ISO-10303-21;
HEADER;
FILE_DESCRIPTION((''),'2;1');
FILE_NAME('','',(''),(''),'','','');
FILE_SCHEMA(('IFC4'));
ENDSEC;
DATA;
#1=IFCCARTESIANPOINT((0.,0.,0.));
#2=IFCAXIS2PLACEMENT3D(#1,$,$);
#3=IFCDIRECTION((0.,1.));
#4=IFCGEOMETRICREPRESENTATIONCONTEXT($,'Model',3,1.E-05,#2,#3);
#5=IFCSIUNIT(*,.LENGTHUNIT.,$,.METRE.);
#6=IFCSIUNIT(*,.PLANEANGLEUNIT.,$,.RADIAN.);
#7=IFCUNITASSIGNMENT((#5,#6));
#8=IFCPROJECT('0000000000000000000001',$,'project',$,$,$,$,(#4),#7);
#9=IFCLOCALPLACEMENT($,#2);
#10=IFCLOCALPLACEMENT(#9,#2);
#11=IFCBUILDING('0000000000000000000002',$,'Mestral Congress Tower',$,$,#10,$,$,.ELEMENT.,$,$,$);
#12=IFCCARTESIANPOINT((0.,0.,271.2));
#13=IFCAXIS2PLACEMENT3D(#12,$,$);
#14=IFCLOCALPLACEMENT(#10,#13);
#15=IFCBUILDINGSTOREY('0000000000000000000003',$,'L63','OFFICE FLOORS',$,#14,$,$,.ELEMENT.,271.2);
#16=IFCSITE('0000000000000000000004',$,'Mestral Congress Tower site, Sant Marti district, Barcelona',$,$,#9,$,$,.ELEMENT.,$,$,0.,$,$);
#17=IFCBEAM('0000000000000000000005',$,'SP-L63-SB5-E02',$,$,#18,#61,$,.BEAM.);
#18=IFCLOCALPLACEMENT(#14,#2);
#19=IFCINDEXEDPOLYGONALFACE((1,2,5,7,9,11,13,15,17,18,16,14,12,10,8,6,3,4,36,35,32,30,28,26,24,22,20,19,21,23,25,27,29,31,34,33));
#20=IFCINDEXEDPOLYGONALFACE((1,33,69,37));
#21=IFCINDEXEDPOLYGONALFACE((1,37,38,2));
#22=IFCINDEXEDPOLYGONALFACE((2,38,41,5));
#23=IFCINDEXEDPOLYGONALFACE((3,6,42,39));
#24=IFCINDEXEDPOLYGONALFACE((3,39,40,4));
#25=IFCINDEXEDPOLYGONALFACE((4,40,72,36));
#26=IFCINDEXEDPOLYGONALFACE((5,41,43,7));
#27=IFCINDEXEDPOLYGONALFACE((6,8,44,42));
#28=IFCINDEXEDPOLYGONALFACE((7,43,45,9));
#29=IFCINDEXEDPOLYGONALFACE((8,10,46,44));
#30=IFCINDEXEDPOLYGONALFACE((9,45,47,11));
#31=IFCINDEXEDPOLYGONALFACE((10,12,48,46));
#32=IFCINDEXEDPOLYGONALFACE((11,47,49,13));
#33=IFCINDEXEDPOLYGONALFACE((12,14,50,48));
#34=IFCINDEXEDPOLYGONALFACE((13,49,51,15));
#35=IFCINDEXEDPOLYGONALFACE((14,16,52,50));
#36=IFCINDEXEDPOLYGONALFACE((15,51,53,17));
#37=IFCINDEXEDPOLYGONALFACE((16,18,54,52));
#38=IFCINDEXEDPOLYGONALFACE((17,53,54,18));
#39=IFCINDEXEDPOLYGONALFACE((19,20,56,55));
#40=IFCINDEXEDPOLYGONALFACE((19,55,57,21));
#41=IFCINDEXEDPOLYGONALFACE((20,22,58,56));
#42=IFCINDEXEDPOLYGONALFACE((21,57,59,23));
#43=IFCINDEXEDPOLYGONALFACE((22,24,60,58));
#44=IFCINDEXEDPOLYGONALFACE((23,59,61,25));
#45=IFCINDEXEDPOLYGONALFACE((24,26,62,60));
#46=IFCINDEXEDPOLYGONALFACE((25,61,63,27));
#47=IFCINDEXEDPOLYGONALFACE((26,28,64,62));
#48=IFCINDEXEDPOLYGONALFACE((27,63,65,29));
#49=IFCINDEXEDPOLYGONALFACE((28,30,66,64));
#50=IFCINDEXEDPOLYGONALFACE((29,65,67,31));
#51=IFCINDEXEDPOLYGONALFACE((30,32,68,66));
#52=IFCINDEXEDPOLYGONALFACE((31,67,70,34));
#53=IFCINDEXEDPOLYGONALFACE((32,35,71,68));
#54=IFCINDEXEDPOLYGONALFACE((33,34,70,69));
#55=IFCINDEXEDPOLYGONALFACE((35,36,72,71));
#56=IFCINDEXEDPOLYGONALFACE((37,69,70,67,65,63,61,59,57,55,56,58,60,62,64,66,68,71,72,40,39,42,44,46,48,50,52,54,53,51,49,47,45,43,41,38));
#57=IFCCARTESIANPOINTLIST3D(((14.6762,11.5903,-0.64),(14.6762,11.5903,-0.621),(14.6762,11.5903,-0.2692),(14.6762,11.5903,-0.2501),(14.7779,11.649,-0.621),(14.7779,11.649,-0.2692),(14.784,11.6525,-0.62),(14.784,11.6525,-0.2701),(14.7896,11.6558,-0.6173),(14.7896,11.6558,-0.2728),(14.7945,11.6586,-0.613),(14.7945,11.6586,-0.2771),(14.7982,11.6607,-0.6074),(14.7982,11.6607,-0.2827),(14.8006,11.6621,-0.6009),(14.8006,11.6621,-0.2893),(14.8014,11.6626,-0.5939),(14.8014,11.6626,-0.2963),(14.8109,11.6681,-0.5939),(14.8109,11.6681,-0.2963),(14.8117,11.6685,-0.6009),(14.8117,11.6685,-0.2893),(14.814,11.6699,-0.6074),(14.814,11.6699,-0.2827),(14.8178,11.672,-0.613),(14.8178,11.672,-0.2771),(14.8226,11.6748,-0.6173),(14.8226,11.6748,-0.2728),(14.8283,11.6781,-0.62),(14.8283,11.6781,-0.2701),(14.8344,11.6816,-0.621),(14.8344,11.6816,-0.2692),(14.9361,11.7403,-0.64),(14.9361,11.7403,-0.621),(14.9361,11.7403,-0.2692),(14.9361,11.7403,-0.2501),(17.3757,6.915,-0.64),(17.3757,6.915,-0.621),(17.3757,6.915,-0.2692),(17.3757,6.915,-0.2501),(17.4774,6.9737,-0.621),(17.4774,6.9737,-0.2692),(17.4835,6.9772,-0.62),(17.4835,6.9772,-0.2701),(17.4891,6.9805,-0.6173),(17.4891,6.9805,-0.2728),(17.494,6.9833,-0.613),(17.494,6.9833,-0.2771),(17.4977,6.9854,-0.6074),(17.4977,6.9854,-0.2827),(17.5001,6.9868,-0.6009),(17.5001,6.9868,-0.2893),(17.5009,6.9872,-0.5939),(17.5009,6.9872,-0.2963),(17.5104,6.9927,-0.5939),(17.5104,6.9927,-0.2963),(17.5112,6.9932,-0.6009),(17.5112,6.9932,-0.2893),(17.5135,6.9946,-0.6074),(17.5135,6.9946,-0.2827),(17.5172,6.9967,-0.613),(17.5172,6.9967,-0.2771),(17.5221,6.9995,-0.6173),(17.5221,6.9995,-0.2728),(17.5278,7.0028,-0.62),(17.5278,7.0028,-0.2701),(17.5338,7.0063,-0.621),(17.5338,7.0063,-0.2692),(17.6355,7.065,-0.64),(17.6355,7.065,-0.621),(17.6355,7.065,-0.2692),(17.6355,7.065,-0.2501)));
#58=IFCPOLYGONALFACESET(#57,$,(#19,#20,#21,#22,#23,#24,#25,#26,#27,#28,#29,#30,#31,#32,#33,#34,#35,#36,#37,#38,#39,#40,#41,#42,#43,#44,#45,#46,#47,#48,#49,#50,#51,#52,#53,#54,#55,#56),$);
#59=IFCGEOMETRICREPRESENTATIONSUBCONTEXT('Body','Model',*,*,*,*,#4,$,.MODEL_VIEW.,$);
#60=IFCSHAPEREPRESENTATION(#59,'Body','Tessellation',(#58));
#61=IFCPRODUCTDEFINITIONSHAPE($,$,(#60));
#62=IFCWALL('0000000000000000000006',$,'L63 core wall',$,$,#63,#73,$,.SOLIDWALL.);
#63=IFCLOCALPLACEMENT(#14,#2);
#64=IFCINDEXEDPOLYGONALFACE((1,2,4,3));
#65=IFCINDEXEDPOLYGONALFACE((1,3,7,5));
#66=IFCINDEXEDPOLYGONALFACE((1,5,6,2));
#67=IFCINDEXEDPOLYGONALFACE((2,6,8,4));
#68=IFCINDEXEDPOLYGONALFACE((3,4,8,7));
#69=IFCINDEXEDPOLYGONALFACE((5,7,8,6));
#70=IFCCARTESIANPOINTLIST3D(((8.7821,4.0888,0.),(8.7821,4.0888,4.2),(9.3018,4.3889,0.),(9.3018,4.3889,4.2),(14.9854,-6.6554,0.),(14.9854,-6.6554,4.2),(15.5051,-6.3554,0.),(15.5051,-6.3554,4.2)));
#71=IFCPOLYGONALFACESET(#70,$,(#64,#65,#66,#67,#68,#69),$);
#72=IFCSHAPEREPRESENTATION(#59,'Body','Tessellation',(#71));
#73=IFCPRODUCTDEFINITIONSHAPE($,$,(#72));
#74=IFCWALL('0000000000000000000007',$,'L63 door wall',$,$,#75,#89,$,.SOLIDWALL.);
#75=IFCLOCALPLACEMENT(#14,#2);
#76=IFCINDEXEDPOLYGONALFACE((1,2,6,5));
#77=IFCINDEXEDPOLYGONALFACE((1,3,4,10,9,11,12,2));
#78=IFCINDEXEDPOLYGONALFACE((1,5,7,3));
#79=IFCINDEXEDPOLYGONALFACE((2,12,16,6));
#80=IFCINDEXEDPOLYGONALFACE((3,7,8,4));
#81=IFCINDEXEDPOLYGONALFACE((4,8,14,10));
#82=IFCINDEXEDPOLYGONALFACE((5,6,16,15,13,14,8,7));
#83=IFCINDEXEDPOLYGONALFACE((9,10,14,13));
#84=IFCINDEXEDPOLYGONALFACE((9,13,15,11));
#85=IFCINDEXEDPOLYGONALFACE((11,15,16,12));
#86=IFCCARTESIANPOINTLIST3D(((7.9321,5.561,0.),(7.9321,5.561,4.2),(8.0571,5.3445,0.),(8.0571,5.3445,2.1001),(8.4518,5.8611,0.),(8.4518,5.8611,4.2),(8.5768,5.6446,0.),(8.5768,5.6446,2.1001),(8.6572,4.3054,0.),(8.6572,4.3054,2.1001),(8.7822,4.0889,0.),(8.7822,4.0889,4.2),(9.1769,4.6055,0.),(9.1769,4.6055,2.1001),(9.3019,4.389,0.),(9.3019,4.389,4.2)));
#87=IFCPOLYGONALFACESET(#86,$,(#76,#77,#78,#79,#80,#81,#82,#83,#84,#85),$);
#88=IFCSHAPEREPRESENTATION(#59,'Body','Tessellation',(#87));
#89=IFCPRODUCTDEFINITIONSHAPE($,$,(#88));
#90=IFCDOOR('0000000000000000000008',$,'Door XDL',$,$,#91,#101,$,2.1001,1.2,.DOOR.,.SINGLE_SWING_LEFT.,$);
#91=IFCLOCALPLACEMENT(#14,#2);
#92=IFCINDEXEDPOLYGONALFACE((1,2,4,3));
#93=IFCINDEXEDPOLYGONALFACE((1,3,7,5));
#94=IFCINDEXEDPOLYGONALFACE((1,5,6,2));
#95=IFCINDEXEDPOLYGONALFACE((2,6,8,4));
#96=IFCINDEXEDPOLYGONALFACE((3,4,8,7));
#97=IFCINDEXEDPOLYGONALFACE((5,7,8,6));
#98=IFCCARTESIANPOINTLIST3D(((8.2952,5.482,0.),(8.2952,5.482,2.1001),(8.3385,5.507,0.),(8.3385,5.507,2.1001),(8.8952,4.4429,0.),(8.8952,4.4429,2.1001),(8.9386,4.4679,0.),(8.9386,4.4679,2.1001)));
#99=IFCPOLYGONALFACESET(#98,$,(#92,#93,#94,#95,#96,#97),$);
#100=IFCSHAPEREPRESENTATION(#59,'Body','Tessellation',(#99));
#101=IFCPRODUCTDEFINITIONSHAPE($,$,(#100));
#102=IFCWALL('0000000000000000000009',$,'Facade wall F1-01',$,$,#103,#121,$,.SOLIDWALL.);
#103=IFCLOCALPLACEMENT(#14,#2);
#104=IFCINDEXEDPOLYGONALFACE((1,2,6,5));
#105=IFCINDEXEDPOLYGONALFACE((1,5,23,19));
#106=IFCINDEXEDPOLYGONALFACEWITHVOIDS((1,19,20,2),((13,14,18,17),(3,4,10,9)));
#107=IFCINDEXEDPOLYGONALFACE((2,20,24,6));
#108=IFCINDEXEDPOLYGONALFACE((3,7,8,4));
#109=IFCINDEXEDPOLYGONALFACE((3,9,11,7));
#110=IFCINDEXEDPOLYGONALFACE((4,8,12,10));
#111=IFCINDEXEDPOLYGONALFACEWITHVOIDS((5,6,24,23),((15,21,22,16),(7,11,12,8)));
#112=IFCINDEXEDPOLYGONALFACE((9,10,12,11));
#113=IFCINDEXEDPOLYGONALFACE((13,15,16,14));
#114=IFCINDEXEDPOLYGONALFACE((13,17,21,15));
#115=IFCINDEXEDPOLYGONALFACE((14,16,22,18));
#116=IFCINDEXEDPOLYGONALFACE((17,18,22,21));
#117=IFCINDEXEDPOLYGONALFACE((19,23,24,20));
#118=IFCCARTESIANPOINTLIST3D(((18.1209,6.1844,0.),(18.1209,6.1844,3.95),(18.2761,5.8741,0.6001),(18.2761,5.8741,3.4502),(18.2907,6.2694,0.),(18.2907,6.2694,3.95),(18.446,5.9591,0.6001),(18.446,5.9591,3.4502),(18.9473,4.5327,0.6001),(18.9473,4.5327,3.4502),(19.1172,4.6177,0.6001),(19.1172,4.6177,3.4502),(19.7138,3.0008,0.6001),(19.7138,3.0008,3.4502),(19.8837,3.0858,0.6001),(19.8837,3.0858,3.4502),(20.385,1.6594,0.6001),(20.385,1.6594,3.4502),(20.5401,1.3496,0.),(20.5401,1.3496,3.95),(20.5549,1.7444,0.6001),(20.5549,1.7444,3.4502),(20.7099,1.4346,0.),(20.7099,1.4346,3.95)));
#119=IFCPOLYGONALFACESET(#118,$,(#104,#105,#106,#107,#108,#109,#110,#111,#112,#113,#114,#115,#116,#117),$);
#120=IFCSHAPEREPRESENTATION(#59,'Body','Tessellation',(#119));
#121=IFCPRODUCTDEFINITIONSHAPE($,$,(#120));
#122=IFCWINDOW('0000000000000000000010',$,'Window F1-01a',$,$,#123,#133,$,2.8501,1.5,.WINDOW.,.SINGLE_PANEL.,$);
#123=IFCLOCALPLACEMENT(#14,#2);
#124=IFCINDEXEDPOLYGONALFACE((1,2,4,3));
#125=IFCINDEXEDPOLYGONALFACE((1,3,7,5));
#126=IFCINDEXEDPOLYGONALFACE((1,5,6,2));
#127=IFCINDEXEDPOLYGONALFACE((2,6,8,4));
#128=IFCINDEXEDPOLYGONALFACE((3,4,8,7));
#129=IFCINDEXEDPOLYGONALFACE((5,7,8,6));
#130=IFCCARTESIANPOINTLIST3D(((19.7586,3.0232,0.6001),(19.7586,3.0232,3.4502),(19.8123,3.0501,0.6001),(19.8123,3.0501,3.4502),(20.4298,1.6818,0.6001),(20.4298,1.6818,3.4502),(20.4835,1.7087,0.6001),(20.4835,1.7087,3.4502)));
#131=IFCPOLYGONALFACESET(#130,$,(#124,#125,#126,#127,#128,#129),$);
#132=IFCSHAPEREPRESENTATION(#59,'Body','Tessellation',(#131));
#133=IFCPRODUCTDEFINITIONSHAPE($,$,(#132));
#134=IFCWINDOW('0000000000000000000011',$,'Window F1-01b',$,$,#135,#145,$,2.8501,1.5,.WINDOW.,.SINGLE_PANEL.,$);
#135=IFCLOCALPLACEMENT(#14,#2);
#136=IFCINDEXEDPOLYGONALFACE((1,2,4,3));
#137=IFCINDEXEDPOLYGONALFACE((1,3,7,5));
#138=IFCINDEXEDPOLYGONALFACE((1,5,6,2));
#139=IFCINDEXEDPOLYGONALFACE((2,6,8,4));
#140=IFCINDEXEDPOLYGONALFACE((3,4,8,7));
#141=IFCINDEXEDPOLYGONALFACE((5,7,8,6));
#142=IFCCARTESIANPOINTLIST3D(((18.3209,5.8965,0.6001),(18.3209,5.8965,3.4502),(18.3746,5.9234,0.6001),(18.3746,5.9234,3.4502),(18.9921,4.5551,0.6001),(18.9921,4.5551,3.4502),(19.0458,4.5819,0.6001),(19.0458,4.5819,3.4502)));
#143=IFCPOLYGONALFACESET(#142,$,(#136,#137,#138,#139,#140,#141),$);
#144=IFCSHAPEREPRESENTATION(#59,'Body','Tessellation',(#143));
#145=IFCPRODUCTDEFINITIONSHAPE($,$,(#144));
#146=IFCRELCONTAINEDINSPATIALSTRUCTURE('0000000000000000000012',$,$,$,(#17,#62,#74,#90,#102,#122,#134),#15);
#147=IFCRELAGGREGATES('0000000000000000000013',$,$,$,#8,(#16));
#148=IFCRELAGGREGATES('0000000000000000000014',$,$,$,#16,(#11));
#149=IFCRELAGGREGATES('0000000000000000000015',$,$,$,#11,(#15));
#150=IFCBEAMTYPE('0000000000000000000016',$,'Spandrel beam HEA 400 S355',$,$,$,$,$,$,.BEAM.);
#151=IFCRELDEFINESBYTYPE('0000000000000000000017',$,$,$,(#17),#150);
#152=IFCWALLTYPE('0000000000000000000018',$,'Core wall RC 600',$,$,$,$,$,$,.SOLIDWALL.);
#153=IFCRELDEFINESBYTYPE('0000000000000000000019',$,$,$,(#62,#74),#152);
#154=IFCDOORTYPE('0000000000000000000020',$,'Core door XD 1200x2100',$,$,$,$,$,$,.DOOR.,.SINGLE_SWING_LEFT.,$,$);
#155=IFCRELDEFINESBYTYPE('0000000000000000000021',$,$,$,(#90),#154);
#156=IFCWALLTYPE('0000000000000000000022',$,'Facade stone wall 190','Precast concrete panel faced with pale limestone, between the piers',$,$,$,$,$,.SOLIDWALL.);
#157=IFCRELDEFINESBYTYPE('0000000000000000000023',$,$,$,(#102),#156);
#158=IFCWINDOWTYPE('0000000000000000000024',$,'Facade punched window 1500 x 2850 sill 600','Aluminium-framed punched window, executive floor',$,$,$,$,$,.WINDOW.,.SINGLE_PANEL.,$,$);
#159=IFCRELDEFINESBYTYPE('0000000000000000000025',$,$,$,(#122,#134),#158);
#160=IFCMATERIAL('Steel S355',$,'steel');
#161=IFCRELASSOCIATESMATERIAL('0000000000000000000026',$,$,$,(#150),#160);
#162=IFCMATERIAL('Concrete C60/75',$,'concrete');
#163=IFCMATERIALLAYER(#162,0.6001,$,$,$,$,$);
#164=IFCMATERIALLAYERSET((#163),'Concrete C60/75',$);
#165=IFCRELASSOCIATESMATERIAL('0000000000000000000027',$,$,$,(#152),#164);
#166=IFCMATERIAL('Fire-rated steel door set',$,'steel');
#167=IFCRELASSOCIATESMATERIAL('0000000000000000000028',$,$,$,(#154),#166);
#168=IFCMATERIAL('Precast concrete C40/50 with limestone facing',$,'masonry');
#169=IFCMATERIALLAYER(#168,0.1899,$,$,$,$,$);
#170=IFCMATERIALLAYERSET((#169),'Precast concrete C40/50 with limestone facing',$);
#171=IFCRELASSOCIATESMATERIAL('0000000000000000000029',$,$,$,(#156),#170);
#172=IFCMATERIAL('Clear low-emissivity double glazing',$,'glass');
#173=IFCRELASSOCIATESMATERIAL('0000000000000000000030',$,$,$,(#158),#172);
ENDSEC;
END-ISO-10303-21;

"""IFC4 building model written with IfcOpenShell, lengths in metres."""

from ifc_helpers import new_model, si_unit, direction, frame, frame_2d, origin, origin_2d, place, context, subcontext, project, spatial, rectangle, i_section, extrude, material, layer, layer_set, material_profile, profile_set, type_object, element, fill, save


model = new_model("IFC4")

# Units and contexts
model_context = context("Model", 3, precision=1e-05, world=origin(), true_north=direction((0.0, 1.0)))
body_context = subcontext(model_context, "Body", "Model", "MODEL_VIEW")
ifc_project = project(units=[si_unit("LENGTHUNIT", "METRE"), si_unit("PLANEANGLEUNIT", "RADIAN")], contexts=[model_context])

# Site, building, storey
site_placement = place(None, origin())
site = spatial("IfcSite", under=ifc_project, at=site_placement, Name="Mestral Congress Tower site, Sant Marti district, Barcelona", CompositionType="ELEMENT", RefElevation=0.0)
building_placement = place(site_placement, origin())
building = spatial("IfcBuilding", under=site, at=building_placement, Name="Mestral Congress Tower", CompositionType="ELEMENT")
storey_placement = place(building_placement, frame((0.0, 0.0, 271.2)))
storey = spatial("IfcBuildingStorey", under=building, at=storey_placement, Name="L63", Description="OFFICE FLOORS", CompositionType="ELEMENT", Elevation=271.2)

# Shared definitions
ifc_material_1 = material(Name="Concrete C60/75", Category="concrete")

# Beam
ifc_material_2 = material(Name="Steel S355", Category="steel")
ifc_material_profile_1 = material_profile(ifc_material_2, i_section(OverallWidth=0.3, OverallDepth=0.3899, WebThickness=0.011, FlangeThickness=0.019, FilletRadius=0.0271, at=origin_2d()), Name="HEA 400")
ifc_profile_set_1 = profile_set([ifc_material_profile_1], Name="Steel S355")
beam_type_1 = type_object("IfcBeamType", Name="Spandrel beam HEA 400 S355", PredefinedType="BEAM", material=ifc_profile_set_1)
beam_1_placement = place(storey_placement, frame((17.5056, 6.99, -0.4451), z_axis=(-0.500025, 0.866011, 0.0), x_axis=(-0.866011, -0.500025, 0.0)))
element("IfcBeam", 1, at=beam_1_placement, inside=storey, type_object=beam_type_1, Name="SP-L63-SB5-E02", PredefinedType="BEAM", context=body_context, shape_type="SweptSolid", body=[
    extrude(i_section(OverallWidth=0.3, OverallDepth=0.3899, WebThickness=0.011, FlangeThickness=0.019, FilletRadius=0.0271, at=origin_2d()), origin(), (0.0, 0.0, 1.0), 5.3987),
])

# Wall
ifc_layer_1 = layer(ifc_material_1, 0.6001)
ifc_layer_set_1 = layer_set([ifc_layer_1], Name="Concrete C60/75")
wall_type_1 = type_object("IfcWallType", Name="Core wall RC 600", PredefinedType="SOLIDWALL", material=ifc_layer_set_1)
wall_1_placement = place(storey_placement, frame((9.042, 4.2388, 0.0), z_axis=(0.0, 0.0, 1.0), x_axis=(0.500006, -0.866022, 0.0)))
element("IfcWall", 2, at=wall_1_placement, inside=storey, type_object=wall_type_1, Name="L63 core wall", PredefinedType="SOLIDWALL", context=body_context, shape_type="SweptSolid", body=[
    extrude(rectangle(XDim=12.4065, YDim=0.6001, at=frame_2d((6.2031, 0.0))), origin(), (0.0, 0.0, 1.0), 4.2),
])

# Wall, opening, door
wall_2_placement = place(storey_placement, frame((8.1919, 5.7112, 0.0), z_axis=(0.0, 0.0, 1.0), x_axis=(0.500062, -0.865989, 0.0)))
wall_2 = element("IfcWall", 3, at=wall_2_placement, inside=storey, type_object=wall_type_1, Name="L63 door wall", PredefinedType="SOLIDWALL", context=body_context, shape_type="SweptSolid", body=[
    extrude(rectangle(XDim=1.7, YDim=0.6001, at=frame_2d((0.8501, 0.0))), origin(), (0.0, 0.0, 1.0), 4.2),
])
opening_1_placement = place(wall_2_placement, frame((0.25, 0.0, 0.0)))
opening_1 = element("IfcOpeningElement", 4, at=opening_1_placement, cuts=wall_2, PredefinedType="OPENING", context=body_context, shape_type="SweptSolid", body=[
    extrude(rectangle(XDim=1.2, YDim=2.1001, at=frame_2d((0.6001, 1.05))), frame((0.0, 0.3101, 0.0), z_axis=(0.0, -1.0, 0.0), x_axis=(1.0, 0.0, 0.0)), (0.0, 0.0, 1.0), 0.6201),
])
ifc_material_3 = material(Name="Fire-rated steel door set", Category="steel")
door_type_1 = type_object("IfcDoorType", Name="Core door XD 1200x2100", OperationType="SINGLE_SWING_LEFT", PredefinedType="DOOR", material=ifc_material_3)
door_1_placement = place(opening_1_placement, origin())
door_1 = element("IfcDoor", 5, at=door_1_placement, inside=storey, type_object=door_type_1, Name="Door XDL", OperationType="SINGLE_SWING_LEFT", OverallHeight=2.1001, OverallWidth=1.2, PredefinedType="DOOR", context=body_context, shape_type="SweptSolid", body=[
    extrude(rectangle(XDim=1.2, YDim=2.1001, at=frame_2d((0.6001, 1.05))), frame((0.0, 0.0249, 0.0), z_axis=(0.0, -1.0, 0.0), x_axis=(1.0, 0.0, 0.0)), (0.0, 0.0, 1.0), 0.05),
])
fill(opening_1, door_1)

# Wall, openings, windows
ifc_material_4 = material(Name="Precast concrete C40/50 with limestone facing", Category="masonry")
ifc_layer_2 = layer(ifc_material_4, 0.1899)
ifc_layer_set_2 = layer_set([ifc_layer_2], Name="Precast concrete C40/50 with limestone facing")
wall_type_2 = type_object("IfcWallType", Name="Facade stone wall 190", Description="Precast concrete panel faced with pale limestone, between the piers", PredefinedType="SOLIDWALL", material=ifc_layer_set_2)
wall_3_placement = place(storey_placement, frame((20.625, 1.3921, 0.0), z_axis=(0.0, 0.0, 1.0), x_axis=(-0.447485, 0.894292, 0.0)))
wall_3 = element("IfcWall", 6, at=wall_3_placement, inside=storey, type_object=wall_type_2, Name="Facade wall F1-01", PredefinedType="SOLIDWALL", context=body_context, shape_type="SweptSolid", body=[
    extrude(rectangle(XDim=5.4062, YDim=0.1899, at=frame_2d((2.7031, 0.0))), origin(), (0.0, 0.0, 1.0), 3.95),
])
opening_2_placement = place(wall_3_placement, frame((0.3464, 0.0, 0.6001)))
opening_2 = element("IfcOpeningElement", 7, at=opening_2_placement, cuts=wall_3, PredefinedType="OPENING", context=body_context, shape_type="SweptSolid", body=[
    extrude(rectangle(XDim=1.5, YDim=2.8501, at=frame_2d((0.75, 1.425))), frame((0.0, 0.105, 0.0), z_axis=(0.0, -1.0, 0.0), x_axis=(1.0, 0.0, 0.0)), (0.0, 0.0, 1.0), 0.21),
])
opening_3_placement = place(wall_3_placement, frame((3.5593, 0.0, 0.6001)))
opening_3 = element("IfcOpeningElement", 8, at=opening_3_placement, cuts=wall_3, PredefinedType="OPENING", context=body_context, shape_type="SweptSolid", body=[
    extrude(rectangle(XDim=1.5, YDim=2.8501, at=frame_2d((0.75, 1.425))), frame((0.0, 0.105, 0.0), z_axis=(0.0, -1.0, 0.0), x_axis=(1.0, 0.0, 0.0)), (0.0, 0.0, 1.0), 0.21),
])
ifc_material_5 = material(Name="Clear low-emissivity double glazing", Category="glass")
window_type = type_object("IfcWindowType", Name="Facade punched window 1500 x 2850 sill 600", Description="Aluminium-framed punched window, executive floor", PartitioningType="SINGLE_PANEL", PredefinedType="WINDOW", material=ifc_material_5)
window_1_placement = place(opening_2_placement, origin())
window_1 = element("IfcWindow", 9, at=window_1_placement, inside=storey, type_object=window_type, Name="Window F1-01a", OverallHeight=2.8501, OverallWidth=1.5, PartitioningType="SINGLE_PANEL", PredefinedType="WINDOW", context=body_context, shape_type="SweptSolid", body=[
    extrude(rectangle(XDim=1.5, YDim=2.8501, at=frame_2d((0.75, 1.425))), frame((0.0, 0.0449, 0.0), z_axis=(0.0, -1.0, 0.0), x_axis=(1.0, 0.0, 0.0)), (0.0, 0.0, 1.0), 0.0601),
])
fill(opening_2, window_1)
window_2_placement = place(opening_3_placement, origin())
window_2 = element("IfcWindow", 10, at=window_2_placement, inside=storey, type_object=window_type, Name="Window F1-01b", OverallHeight=2.8501, OverallWidth=1.5, PartitioningType="SINGLE_PANEL", PredefinedType="WINDOW", context=body_context, shape_type="SweptSolid", body=[
    extrude(rectangle(XDim=1.5, YDim=2.8501, at=frame_2d((0.75, 1.425))), frame((0.0, 0.0449, 0.0), z_axis=(0.0, -1.0, 0.0), x_axis=(1.0, 0.0, 0.0)), (0.0, 0.0, 1.0), 0.0601),
])
fill(opening_3, window_2)

save(model, "model.ifc")
